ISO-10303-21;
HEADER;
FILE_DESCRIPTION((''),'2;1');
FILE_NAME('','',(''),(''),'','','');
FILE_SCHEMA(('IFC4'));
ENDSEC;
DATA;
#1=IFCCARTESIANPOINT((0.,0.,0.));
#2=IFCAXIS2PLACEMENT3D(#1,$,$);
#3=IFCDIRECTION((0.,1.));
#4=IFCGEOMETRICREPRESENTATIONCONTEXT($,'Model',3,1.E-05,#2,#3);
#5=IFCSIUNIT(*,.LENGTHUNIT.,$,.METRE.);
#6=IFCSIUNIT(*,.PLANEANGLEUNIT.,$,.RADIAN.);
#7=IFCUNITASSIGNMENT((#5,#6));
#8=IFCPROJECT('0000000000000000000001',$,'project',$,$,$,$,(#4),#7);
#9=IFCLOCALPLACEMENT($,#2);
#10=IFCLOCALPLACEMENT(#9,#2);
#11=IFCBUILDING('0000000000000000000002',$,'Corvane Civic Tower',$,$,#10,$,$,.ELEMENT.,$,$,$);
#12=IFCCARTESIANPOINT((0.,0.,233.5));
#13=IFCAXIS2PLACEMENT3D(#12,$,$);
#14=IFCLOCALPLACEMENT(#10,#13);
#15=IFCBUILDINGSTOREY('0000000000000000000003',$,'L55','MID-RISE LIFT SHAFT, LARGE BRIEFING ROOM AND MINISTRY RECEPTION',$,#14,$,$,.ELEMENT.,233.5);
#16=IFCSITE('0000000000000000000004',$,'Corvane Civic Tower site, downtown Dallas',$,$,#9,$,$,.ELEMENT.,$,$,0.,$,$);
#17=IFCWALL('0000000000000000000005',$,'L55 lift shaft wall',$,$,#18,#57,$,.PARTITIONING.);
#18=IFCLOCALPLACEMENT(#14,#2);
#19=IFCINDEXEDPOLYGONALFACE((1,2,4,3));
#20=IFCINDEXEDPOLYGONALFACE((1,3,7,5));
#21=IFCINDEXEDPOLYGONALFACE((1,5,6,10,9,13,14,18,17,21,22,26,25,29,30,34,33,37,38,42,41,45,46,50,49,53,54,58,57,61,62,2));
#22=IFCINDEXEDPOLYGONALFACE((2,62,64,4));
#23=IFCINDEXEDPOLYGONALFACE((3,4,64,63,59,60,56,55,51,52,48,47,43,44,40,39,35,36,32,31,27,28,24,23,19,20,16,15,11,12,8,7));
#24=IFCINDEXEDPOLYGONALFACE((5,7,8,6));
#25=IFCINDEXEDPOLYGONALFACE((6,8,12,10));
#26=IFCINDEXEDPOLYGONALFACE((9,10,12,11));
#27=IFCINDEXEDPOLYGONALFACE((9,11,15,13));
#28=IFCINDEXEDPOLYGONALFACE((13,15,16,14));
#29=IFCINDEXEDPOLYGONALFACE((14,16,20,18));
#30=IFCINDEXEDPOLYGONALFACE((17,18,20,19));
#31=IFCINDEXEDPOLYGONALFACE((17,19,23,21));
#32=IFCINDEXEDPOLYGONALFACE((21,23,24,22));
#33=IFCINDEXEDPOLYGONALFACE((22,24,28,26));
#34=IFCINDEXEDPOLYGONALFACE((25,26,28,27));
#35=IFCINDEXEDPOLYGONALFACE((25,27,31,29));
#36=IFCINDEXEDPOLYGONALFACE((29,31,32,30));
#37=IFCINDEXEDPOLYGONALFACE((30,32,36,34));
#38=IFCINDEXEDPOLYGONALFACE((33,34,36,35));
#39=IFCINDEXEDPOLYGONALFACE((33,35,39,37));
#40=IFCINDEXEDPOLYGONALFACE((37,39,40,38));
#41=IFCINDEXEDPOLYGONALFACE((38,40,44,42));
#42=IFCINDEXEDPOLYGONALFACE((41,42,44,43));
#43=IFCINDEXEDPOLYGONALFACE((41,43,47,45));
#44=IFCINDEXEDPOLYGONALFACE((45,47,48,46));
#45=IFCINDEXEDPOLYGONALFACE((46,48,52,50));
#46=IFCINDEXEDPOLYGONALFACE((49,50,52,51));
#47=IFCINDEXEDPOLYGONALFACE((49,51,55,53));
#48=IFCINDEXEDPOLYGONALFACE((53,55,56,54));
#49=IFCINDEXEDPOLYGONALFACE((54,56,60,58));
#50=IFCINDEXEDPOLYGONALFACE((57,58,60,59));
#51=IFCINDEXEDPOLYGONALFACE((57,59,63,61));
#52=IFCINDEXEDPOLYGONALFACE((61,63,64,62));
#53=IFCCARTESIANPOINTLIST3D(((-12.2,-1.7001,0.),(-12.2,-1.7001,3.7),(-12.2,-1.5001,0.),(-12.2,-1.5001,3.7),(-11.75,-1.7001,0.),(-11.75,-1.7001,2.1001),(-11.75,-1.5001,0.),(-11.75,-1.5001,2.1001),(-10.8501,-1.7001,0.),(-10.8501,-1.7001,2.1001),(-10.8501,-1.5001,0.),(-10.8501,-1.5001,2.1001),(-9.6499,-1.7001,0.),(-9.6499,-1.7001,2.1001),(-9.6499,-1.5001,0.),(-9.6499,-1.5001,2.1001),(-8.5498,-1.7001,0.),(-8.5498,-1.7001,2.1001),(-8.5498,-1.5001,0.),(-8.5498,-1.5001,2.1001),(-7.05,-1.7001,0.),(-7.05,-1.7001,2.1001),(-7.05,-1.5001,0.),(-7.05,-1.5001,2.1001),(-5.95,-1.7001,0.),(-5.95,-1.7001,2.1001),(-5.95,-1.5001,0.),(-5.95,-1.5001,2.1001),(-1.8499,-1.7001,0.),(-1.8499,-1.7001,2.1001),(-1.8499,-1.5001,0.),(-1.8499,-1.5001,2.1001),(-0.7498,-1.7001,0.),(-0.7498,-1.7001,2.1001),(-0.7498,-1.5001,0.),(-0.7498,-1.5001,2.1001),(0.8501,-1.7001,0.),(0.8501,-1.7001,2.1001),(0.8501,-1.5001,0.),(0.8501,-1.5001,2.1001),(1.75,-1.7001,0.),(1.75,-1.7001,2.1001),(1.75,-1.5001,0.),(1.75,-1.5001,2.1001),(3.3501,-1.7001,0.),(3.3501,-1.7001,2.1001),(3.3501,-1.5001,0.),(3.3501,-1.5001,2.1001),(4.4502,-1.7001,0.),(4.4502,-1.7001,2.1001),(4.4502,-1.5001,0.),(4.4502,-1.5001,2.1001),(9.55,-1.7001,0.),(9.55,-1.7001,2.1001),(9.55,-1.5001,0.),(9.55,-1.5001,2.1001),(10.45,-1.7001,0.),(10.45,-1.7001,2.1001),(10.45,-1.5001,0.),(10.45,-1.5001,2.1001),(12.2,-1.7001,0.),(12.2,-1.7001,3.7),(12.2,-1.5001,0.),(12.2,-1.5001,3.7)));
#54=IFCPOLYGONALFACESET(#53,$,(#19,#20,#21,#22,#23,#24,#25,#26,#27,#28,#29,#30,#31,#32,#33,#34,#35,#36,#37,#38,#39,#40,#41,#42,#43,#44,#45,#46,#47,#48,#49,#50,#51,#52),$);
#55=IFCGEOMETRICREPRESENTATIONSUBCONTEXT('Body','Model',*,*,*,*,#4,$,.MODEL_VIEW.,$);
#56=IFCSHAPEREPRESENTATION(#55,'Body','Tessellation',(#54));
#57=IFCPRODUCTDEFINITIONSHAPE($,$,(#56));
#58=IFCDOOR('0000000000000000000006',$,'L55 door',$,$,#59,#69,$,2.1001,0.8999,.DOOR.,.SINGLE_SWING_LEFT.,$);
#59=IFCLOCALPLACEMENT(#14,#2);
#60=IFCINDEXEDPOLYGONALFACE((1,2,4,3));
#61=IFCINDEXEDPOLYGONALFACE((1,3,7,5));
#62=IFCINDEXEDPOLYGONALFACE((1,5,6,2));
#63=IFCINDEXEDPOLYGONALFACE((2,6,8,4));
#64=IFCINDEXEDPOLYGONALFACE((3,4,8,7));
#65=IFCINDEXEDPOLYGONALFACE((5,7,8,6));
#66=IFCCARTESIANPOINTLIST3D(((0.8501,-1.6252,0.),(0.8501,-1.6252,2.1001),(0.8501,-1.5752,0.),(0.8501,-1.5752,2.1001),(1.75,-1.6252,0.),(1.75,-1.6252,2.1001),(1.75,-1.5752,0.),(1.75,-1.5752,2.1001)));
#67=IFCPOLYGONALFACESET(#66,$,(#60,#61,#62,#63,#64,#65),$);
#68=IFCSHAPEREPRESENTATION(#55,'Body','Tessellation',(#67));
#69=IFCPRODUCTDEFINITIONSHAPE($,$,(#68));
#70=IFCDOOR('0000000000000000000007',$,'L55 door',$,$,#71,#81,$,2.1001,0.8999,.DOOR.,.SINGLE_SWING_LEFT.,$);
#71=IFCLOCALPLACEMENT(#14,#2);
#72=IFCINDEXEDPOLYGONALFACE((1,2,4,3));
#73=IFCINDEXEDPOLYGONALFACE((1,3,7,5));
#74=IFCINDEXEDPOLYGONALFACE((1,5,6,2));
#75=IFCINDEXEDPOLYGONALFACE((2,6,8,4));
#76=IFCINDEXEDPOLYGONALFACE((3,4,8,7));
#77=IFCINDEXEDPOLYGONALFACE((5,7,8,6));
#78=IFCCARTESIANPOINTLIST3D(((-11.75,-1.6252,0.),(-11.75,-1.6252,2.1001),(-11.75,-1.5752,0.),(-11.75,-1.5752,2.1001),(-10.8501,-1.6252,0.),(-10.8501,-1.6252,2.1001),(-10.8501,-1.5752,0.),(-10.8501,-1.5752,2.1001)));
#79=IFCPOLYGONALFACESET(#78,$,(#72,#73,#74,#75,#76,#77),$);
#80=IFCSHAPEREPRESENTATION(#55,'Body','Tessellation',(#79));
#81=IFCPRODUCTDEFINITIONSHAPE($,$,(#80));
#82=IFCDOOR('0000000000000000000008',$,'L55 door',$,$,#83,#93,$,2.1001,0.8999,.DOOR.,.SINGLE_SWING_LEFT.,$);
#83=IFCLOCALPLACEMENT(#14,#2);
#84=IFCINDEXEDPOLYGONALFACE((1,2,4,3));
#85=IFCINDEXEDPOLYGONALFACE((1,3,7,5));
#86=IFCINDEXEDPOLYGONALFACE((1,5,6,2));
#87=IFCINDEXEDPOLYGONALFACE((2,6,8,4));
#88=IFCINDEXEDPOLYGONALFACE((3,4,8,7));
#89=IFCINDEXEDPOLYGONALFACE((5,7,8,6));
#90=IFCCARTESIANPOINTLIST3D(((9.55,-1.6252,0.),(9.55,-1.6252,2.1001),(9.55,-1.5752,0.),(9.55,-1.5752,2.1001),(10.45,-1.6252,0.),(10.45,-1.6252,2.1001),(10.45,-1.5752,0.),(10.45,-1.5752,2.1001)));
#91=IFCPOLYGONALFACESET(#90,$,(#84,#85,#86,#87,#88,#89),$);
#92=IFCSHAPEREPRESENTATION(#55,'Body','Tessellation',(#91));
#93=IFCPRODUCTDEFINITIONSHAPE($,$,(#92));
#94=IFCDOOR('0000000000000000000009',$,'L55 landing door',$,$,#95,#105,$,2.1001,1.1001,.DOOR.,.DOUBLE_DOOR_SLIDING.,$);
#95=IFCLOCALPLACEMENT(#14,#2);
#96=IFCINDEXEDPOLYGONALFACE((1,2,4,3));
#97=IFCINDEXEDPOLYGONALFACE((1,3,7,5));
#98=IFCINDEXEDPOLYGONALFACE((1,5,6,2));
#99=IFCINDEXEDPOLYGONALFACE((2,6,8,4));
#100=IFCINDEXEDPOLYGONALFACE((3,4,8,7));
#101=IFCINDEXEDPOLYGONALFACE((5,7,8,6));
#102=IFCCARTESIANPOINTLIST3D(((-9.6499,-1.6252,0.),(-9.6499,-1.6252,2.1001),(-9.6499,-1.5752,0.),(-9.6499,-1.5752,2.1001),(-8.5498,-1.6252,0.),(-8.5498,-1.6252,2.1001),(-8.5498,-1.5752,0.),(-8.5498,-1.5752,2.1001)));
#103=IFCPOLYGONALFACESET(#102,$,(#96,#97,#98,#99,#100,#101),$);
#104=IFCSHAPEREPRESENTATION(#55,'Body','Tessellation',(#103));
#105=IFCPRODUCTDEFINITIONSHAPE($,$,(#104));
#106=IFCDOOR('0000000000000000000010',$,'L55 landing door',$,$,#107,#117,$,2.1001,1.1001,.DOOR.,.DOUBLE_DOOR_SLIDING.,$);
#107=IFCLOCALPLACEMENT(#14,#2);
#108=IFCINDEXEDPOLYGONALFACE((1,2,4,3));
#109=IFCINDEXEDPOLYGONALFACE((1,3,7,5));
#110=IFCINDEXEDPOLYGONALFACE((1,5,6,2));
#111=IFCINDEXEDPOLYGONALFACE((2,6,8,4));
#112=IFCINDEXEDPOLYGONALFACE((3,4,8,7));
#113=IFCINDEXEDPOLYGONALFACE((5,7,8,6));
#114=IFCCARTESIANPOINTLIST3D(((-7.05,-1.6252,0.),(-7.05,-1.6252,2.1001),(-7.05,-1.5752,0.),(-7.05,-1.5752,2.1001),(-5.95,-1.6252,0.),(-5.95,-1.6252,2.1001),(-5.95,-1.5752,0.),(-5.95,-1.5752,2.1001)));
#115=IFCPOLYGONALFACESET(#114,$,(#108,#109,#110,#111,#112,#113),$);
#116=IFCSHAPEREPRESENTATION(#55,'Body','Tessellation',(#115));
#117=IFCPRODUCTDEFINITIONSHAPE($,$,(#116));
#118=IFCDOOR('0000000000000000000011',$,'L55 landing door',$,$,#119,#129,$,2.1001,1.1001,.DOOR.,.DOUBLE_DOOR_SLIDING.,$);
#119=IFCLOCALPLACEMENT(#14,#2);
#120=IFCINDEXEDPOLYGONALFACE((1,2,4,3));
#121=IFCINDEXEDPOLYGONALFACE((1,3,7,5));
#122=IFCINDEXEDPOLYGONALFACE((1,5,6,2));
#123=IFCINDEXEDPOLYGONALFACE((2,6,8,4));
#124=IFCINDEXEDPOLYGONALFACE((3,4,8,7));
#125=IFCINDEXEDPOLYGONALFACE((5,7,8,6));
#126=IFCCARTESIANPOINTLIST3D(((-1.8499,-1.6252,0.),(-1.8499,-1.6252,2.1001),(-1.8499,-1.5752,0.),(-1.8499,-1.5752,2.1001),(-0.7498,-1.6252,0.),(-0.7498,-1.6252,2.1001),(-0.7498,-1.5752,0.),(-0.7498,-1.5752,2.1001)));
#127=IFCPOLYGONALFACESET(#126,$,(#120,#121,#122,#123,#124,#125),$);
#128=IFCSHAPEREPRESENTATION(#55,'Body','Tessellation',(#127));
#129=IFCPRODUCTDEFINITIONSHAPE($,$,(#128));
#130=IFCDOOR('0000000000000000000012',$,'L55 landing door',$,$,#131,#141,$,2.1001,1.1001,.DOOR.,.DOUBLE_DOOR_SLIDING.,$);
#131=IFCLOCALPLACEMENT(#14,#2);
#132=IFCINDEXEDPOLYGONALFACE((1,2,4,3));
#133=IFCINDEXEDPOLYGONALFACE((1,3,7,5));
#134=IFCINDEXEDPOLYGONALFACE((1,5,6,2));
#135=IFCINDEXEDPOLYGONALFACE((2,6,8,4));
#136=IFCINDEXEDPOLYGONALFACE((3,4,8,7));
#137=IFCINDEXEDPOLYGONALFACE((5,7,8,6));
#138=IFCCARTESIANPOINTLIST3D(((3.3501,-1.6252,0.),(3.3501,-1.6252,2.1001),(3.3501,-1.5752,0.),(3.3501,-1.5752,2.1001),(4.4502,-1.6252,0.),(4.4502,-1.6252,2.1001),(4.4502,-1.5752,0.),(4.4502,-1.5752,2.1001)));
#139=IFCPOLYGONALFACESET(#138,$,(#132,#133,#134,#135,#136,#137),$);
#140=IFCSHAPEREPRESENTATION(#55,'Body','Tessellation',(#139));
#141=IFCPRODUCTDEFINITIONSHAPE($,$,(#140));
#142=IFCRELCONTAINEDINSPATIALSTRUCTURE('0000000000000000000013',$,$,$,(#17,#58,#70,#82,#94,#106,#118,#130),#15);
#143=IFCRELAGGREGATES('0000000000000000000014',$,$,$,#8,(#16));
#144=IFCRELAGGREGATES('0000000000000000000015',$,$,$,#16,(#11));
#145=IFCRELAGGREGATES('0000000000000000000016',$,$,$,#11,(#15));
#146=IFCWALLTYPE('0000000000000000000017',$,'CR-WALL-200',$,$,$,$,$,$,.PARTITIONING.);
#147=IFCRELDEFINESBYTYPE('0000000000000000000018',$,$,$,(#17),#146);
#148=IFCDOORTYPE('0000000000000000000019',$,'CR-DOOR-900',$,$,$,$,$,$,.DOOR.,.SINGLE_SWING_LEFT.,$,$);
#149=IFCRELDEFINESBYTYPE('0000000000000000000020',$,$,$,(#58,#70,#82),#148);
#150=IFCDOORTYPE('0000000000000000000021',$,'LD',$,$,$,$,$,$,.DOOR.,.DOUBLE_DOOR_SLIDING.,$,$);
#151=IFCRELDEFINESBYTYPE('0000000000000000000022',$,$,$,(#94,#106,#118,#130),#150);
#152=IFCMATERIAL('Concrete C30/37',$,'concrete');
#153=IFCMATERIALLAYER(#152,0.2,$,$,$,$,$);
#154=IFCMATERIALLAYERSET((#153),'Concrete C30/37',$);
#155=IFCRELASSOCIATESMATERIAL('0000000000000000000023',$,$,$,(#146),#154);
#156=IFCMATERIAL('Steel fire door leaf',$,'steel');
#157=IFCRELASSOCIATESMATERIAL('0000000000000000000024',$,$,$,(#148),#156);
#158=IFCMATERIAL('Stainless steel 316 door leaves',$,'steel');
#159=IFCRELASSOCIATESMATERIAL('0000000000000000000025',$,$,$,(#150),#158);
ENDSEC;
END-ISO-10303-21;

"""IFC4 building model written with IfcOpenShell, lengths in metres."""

from ifc_helpers import new_model, si_unit, direction, frame, frame_2d, origin, place, context, subcontext, project, spatial, rectangle, extrude, material, layer, layer_set, type_object, element, fill, save


model = new_model("IFC4")

# Units and contexts
model_context = context("Model", 3, precision=1e-05, world=origin(), true_north=direction((0.0, 1.0)))
body_context = subcontext(model_context, "Body", "Model", "MODEL_VIEW")
ifc_project = project(units=[si_unit("LENGTHUNIT", "METRE"), si_unit("PLANEANGLEUNIT", "RADIAN")], contexts=[model_context])

# Site, building, storey
site_placement = place(None, origin())
site = spatial("IfcSite", under=ifc_project, at=site_placement, Name="Corvane Civic Tower site, downtown Dallas", CompositionType="ELEMENT", RefElevation=0.0)
building_placement = place(site_placement, origin())
building = spatial("IfcBuilding", under=site, at=building_placement, Name="Corvane Civic Tower", CompositionType="ELEMENT")
storey_placement = place(building_placement, frame((0.0, 0.0, 233.5)))
storey = spatial("IfcBuildingStorey", under=building, at=storey_placement, Name="L55", Description="MID-RISE LIFT SHAFT, LARGE BRIEFING ROOM AND MINISTRY RECEPTION", CompositionType="ELEMENT", Elevation=233.5)

# Shared definitions
ifc_material_1 = material(Name="Concrete C30/37", Category="concrete")
ifc_layer_1 = layer(ifc_material_1, 0.2)
ifc_layer_set_1 = layer_set([ifc_layer_1], Name="Concrete C30/37")
wall_type_1 = type_object("IfcWallType", Name="CR-WALL-200", PredefinedType="PARTITIONING", material=ifc_layer_set_1)
ifc_material_2 = material(Name="Steel fire door leaf", Category="steel")
door_type_1 = type_object("IfcDoorType", Name="CR-DOOR-900", OperationType="SINGLE_SWING_LEFT", PredefinedType="DOOR", material=ifc_material_2)

# Wall, openings, doors
wall_1_placement = place(storey_placement, frame((-12.2, -1.6001, 0.0), z_axis=(0.0, 0.0, 1.0), x_axis=(1.0, 0.0, 0.0)))
wall_1 = element("IfcWall", 1, at=wall_1_placement, inside=storey, type_object=wall_type_1, Name="L55 lift shaft wall", PredefinedType="PARTITIONING", context=body_context, shape_type="SweptSolid", body=[
    extrude(rectangle(XDim=24.3999, YDim=0.2, at=frame_2d((12.2, 0.0))), origin(), (0.0, 0.0, 1.0), 3.7),
])
opening_1_placement = place(wall_1_placement, frame((2.55, 0.0, 0.0)))
opening_1 = element("IfcOpeningElement", 2, at=opening_1_placement, cuts=wall_1, PredefinedType="OPENING", context=body_context, shape_type="SweptSolid", body=[
    extrude(rectangle(XDim=1.1001, YDim=2.1001, at=frame_2d((0.55, 1.05))), frame((0.0, 0.1099, 0.0), z_axis=(0.0, -1.0, 0.0), x_axis=(1.0, 0.0, 0.0)), (0.0, 0.0, 1.0), 0.22),
])
opening_2_placement = place(wall_1_placement, frame((5.1499, 0.0, 0.0)))
opening_2 = element("IfcOpeningElement", 3, at=opening_2_placement, cuts=wall_1, PredefinedType="OPENING", context=body_context, shape_type="SweptSolid", body=[
    extrude(rectangle(XDim=1.1001, YDim=2.1001, at=frame_2d((0.55, 1.05))), frame((0.0, 0.1099, 0.0), z_axis=(0.0, -1.0, 0.0), x_axis=(1.0, 0.0, 0.0)), (0.0, 0.0, 1.0), 0.22),
])
opening_3_placement = place(wall_1_placement, frame((10.3501, 0.0, 0.0)))
opening_3 = element("IfcOpeningElement", 4, at=opening_3_placement, cuts=wall_1, PredefinedType="OPENING", context=body_context, shape_type="SweptSolid", body=[
    extrude(rectangle(XDim=1.1001, YDim=2.1001, at=frame_2d((0.55, 1.05))), frame((0.0, 0.1099, 0.0), z_axis=(0.0, -1.0, 0.0), x_axis=(1.0, 0.0, 0.0)), (0.0, 0.0, 1.0), 0.22),
])
opening_4_placement = place(wall_1_placement, frame((13.05, 0.0, 0.0)))
opening_4 = element("IfcOpeningElement", 5, at=opening_4_placement, cuts=wall_1, PredefinedType="OPENING", context=body_context, shape_type="SweptSolid", body=[
    extrude(rectangle(XDim=0.8999, YDim=2.1001, at=frame_2d((0.45, 1.05))), frame((0.0, 0.1099, 0.0), z_axis=(0.0, -1.0, 0.0), x_axis=(1.0, 0.0, 0.0)), (0.0, 0.0, 1.0), 0.22),
])
opening_5_placement = place(wall_1_placement, frame((15.55, 0.0, 0.0)))
opening_5 = element("IfcOpeningElement", 6, at=opening_5_placement, cuts=wall_1, PredefinedType="OPENING", context=body_context, shape_type="SweptSolid", body=[
    extrude(rectangle(XDim=1.1001, YDim=2.1001, at=frame_2d((0.55, 1.05))), frame((0.0, 0.1099, 0.0), z_axis=(0.0, -1.0, 0.0), x_axis=(1.0, 0.0, 0.0)), (0.0, 0.0, 1.0), 0.22),
])
opening_6_placement = place(wall_1_placement, frame((0.45, 0.0, 0.0)))
opening_6 = element("IfcOpeningElement", 7, at=opening_6_placement, cuts=wall_1, PredefinedType="OPENING", context=body_context, shape_type="SweptSolid", body=[
    extrude(rectangle(XDim=0.8999, YDim=2.1001, at=frame_2d((0.45, 1.05))), frame((0.0, 0.1099, 0.0), z_axis=(0.0, -1.0, 0.0), x_axis=(1.0, 0.0, 0.0)), (0.0, 0.0, 1.0), 0.22),
])
opening_7_placement = place(wall_1_placement, frame((21.75, 0.0, 0.0)))
opening_7 = element("IfcOpeningElement", 8, at=opening_7_placement, cuts=wall_1, PredefinedType="OPENING", context=body_context, shape_type="SweptSolid", body=[
    extrude(rectangle(XDim=0.8999, YDim=2.1001, at=frame_2d((0.45, 1.05))), frame((0.0, 0.1099, 0.0), z_axis=(0.0, -1.0, 0.0), x_axis=(1.0, 0.0, 0.0)), (0.0, 0.0, 1.0), 0.22),
])
door_1_placement = place(opening_4_placement, origin())
door_1 = element("IfcDoor", 9, at=door_1_placement, inside=storey, type_object=door_type_1, Name="L55 door", OperationType="SINGLE_SWING_LEFT", OverallHeight=2.1001, OverallWidth=0.8999, PredefinedType="DOOR", context=body_context, shape_type="SweptSolid", body=[
    extrude(rectangle(XDim=0.8999, YDim=2.1001, at=frame_2d((0.45, 1.05))), frame((0.0, 0.0249, 0.0), z_axis=(0.0, -1.0, 0.0), x_axis=(1.0, 0.0, 0.0)), (0.0, 0.0, 1.0), 0.05),
])
fill(opening_4, door_1)
door_2_placement = place(opening_6_placement, origin())
door_2 = element("IfcDoor", 10, at=door_2_placement, inside=storey, type_object=door_type_1, Name="L55 door", OperationType="SINGLE_SWING_LEFT", OverallHeight=2.1001, OverallWidth=0.8999, PredefinedType="DOOR", context=body_context, shape_type="SweptSolid", body=[
    extrude(rectangle(XDim=0.8999, YDim=2.1001, at=frame_2d((0.45, 1.05))), frame((0.0, 0.0249, 0.0), z_axis=(0.0, -1.0, 0.0), x_axis=(1.0, 0.0, 0.0)), (0.0, 0.0, 1.0), 0.05),
])
fill(opening_6, door_2)
door_3_placement = place(opening_7_placement, origin())
door_3 = element("IfcDoor", 11, at=door_3_placement, inside=storey, type_object=door_type_1, Name="L55 door", OperationType="SINGLE_SWING_LEFT", OverallHeight=2.1001, OverallWidth=0.8999, PredefinedType="DOOR", context=body_context, shape_type="SweptSolid", body=[
    extrude(rectangle(XDim=0.8999, YDim=2.1001, at=frame_2d((0.45, 1.05))), frame((0.0, 0.0249, 0.0), z_axis=(0.0, -1.0, 0.0), x_axis=(1.0, 0.0, 0.0)), (0.0, 0.0, 1.0), 0.05),
])
fill(opening_7, door_3)
ifc_material_3 = material(Name="Stainless steel 316 door leaves", Category="steel")
door_type_2 = type_object("IfcDoorType", Name="LD", OperationType="DOUBLE_DOOR_SLIDING", PredefinedType="DOOR", material=ifc_material_3)
door_4_placement = place(opening_1_placement, origin())
door_4 = element("IfcDoor", 12, at=door_4_placement, inside=storey, type_object=door_type_2, Name="L55 landing door", OperationType="DOUBLE_DOOR_SLIDING", OverallHeight=2.1001, OverallWidth=1.1001, PredefinedType="DOOR", context=body_context, shape_type="SweptSolid", body=[
    extrude(rectangle(XDim=1.1001, YDim=2.1001, at=frame_2d((0.55, 1.05))), frame((0.0, 0.0249, 0.0), z_axis=(0.0, -1.0, 0.0), x_axis=(1.0, 0.0, 0.0)), (0.0, 0.0, 1.0), 0.05),
])
fill(opening_1, door_4)
door_5_placement = place(opening_2_placement, origin())
door_5 = element("IfcDoor", 13, at=door_5_placement, inside=storey, type_object=door_type_2, Name="L55 landing door", OperationType="DOUBLE_DOOR_SLIDING", OverallHeight=2.1001, OverallWidth=1.1001, PredefinedType="DOOR", context=body_context, shape_type="SweptSolid", body=[
    extrude(rectangle(XDim=1.1001, YDim=2.1001, at=frame_2d((0.55, 1.05))), frame((0.0, 0.0249, 0.0), z_axis=(0.0, -1.0, 0.0), x_axis=(1.0, 0.0, 0.0)), (0.0, 0.0, 1.0), 0.05),
])
fill(opening_2, door_5)
door_6_placement = place(opening_3_placement, origin())
door_6 = element("IfcDoor", 14, at=door_6_placement, inside=storey, type_object=door_type_2, Name="L55 landing door", OperationType="DOUBLE_DOOR_SLIDING", OverallHeight=2.1001, OverallWidth=1.1001, PredefinedType="DOOR", context=body_context, shape_type="SweptSolid", body=[
    extrude(rectangle(XDim=1.1001, YDim=2.1001, at=frame_2d((0.55, 1.05))), frame((0.0, 0.0249, 0.0), z_axis=(0.0, -1.0, 0.0), x_axis=(1.0, 0.0, 0.0)), (0.0, 0.0, 1.0), 0.05),
])
fill(opening_3, door_6)
door_7_placement = place(opening_5_placement, origin())
door_7 = element("IfcDoor", 15, at=door_7_placement, inside=storey, type_object=door_type_2, Name="L55 landing door", OperationType="DOUBLE_DOOR_SLIDING", OverallHeight=2.1001, OverallWidth=1.1001, PredefinedType="DOOR", context=body_context, shape_type="SweptSolid", body=[
    extrude(rectangle(XDim=1.1001, YDim=2.1001, at=frame_2d((0.55, 1.05))), frame((0.0, 0.0249, 0.0), z_axis=(0.0, -1.0, 0.0), x_axis=(1.0, 0.0, 0.0)), (0.0, 0.0, 1.0), 0.05),
])
fill(opening_5, door_7)

save(model, "model.ifc")
